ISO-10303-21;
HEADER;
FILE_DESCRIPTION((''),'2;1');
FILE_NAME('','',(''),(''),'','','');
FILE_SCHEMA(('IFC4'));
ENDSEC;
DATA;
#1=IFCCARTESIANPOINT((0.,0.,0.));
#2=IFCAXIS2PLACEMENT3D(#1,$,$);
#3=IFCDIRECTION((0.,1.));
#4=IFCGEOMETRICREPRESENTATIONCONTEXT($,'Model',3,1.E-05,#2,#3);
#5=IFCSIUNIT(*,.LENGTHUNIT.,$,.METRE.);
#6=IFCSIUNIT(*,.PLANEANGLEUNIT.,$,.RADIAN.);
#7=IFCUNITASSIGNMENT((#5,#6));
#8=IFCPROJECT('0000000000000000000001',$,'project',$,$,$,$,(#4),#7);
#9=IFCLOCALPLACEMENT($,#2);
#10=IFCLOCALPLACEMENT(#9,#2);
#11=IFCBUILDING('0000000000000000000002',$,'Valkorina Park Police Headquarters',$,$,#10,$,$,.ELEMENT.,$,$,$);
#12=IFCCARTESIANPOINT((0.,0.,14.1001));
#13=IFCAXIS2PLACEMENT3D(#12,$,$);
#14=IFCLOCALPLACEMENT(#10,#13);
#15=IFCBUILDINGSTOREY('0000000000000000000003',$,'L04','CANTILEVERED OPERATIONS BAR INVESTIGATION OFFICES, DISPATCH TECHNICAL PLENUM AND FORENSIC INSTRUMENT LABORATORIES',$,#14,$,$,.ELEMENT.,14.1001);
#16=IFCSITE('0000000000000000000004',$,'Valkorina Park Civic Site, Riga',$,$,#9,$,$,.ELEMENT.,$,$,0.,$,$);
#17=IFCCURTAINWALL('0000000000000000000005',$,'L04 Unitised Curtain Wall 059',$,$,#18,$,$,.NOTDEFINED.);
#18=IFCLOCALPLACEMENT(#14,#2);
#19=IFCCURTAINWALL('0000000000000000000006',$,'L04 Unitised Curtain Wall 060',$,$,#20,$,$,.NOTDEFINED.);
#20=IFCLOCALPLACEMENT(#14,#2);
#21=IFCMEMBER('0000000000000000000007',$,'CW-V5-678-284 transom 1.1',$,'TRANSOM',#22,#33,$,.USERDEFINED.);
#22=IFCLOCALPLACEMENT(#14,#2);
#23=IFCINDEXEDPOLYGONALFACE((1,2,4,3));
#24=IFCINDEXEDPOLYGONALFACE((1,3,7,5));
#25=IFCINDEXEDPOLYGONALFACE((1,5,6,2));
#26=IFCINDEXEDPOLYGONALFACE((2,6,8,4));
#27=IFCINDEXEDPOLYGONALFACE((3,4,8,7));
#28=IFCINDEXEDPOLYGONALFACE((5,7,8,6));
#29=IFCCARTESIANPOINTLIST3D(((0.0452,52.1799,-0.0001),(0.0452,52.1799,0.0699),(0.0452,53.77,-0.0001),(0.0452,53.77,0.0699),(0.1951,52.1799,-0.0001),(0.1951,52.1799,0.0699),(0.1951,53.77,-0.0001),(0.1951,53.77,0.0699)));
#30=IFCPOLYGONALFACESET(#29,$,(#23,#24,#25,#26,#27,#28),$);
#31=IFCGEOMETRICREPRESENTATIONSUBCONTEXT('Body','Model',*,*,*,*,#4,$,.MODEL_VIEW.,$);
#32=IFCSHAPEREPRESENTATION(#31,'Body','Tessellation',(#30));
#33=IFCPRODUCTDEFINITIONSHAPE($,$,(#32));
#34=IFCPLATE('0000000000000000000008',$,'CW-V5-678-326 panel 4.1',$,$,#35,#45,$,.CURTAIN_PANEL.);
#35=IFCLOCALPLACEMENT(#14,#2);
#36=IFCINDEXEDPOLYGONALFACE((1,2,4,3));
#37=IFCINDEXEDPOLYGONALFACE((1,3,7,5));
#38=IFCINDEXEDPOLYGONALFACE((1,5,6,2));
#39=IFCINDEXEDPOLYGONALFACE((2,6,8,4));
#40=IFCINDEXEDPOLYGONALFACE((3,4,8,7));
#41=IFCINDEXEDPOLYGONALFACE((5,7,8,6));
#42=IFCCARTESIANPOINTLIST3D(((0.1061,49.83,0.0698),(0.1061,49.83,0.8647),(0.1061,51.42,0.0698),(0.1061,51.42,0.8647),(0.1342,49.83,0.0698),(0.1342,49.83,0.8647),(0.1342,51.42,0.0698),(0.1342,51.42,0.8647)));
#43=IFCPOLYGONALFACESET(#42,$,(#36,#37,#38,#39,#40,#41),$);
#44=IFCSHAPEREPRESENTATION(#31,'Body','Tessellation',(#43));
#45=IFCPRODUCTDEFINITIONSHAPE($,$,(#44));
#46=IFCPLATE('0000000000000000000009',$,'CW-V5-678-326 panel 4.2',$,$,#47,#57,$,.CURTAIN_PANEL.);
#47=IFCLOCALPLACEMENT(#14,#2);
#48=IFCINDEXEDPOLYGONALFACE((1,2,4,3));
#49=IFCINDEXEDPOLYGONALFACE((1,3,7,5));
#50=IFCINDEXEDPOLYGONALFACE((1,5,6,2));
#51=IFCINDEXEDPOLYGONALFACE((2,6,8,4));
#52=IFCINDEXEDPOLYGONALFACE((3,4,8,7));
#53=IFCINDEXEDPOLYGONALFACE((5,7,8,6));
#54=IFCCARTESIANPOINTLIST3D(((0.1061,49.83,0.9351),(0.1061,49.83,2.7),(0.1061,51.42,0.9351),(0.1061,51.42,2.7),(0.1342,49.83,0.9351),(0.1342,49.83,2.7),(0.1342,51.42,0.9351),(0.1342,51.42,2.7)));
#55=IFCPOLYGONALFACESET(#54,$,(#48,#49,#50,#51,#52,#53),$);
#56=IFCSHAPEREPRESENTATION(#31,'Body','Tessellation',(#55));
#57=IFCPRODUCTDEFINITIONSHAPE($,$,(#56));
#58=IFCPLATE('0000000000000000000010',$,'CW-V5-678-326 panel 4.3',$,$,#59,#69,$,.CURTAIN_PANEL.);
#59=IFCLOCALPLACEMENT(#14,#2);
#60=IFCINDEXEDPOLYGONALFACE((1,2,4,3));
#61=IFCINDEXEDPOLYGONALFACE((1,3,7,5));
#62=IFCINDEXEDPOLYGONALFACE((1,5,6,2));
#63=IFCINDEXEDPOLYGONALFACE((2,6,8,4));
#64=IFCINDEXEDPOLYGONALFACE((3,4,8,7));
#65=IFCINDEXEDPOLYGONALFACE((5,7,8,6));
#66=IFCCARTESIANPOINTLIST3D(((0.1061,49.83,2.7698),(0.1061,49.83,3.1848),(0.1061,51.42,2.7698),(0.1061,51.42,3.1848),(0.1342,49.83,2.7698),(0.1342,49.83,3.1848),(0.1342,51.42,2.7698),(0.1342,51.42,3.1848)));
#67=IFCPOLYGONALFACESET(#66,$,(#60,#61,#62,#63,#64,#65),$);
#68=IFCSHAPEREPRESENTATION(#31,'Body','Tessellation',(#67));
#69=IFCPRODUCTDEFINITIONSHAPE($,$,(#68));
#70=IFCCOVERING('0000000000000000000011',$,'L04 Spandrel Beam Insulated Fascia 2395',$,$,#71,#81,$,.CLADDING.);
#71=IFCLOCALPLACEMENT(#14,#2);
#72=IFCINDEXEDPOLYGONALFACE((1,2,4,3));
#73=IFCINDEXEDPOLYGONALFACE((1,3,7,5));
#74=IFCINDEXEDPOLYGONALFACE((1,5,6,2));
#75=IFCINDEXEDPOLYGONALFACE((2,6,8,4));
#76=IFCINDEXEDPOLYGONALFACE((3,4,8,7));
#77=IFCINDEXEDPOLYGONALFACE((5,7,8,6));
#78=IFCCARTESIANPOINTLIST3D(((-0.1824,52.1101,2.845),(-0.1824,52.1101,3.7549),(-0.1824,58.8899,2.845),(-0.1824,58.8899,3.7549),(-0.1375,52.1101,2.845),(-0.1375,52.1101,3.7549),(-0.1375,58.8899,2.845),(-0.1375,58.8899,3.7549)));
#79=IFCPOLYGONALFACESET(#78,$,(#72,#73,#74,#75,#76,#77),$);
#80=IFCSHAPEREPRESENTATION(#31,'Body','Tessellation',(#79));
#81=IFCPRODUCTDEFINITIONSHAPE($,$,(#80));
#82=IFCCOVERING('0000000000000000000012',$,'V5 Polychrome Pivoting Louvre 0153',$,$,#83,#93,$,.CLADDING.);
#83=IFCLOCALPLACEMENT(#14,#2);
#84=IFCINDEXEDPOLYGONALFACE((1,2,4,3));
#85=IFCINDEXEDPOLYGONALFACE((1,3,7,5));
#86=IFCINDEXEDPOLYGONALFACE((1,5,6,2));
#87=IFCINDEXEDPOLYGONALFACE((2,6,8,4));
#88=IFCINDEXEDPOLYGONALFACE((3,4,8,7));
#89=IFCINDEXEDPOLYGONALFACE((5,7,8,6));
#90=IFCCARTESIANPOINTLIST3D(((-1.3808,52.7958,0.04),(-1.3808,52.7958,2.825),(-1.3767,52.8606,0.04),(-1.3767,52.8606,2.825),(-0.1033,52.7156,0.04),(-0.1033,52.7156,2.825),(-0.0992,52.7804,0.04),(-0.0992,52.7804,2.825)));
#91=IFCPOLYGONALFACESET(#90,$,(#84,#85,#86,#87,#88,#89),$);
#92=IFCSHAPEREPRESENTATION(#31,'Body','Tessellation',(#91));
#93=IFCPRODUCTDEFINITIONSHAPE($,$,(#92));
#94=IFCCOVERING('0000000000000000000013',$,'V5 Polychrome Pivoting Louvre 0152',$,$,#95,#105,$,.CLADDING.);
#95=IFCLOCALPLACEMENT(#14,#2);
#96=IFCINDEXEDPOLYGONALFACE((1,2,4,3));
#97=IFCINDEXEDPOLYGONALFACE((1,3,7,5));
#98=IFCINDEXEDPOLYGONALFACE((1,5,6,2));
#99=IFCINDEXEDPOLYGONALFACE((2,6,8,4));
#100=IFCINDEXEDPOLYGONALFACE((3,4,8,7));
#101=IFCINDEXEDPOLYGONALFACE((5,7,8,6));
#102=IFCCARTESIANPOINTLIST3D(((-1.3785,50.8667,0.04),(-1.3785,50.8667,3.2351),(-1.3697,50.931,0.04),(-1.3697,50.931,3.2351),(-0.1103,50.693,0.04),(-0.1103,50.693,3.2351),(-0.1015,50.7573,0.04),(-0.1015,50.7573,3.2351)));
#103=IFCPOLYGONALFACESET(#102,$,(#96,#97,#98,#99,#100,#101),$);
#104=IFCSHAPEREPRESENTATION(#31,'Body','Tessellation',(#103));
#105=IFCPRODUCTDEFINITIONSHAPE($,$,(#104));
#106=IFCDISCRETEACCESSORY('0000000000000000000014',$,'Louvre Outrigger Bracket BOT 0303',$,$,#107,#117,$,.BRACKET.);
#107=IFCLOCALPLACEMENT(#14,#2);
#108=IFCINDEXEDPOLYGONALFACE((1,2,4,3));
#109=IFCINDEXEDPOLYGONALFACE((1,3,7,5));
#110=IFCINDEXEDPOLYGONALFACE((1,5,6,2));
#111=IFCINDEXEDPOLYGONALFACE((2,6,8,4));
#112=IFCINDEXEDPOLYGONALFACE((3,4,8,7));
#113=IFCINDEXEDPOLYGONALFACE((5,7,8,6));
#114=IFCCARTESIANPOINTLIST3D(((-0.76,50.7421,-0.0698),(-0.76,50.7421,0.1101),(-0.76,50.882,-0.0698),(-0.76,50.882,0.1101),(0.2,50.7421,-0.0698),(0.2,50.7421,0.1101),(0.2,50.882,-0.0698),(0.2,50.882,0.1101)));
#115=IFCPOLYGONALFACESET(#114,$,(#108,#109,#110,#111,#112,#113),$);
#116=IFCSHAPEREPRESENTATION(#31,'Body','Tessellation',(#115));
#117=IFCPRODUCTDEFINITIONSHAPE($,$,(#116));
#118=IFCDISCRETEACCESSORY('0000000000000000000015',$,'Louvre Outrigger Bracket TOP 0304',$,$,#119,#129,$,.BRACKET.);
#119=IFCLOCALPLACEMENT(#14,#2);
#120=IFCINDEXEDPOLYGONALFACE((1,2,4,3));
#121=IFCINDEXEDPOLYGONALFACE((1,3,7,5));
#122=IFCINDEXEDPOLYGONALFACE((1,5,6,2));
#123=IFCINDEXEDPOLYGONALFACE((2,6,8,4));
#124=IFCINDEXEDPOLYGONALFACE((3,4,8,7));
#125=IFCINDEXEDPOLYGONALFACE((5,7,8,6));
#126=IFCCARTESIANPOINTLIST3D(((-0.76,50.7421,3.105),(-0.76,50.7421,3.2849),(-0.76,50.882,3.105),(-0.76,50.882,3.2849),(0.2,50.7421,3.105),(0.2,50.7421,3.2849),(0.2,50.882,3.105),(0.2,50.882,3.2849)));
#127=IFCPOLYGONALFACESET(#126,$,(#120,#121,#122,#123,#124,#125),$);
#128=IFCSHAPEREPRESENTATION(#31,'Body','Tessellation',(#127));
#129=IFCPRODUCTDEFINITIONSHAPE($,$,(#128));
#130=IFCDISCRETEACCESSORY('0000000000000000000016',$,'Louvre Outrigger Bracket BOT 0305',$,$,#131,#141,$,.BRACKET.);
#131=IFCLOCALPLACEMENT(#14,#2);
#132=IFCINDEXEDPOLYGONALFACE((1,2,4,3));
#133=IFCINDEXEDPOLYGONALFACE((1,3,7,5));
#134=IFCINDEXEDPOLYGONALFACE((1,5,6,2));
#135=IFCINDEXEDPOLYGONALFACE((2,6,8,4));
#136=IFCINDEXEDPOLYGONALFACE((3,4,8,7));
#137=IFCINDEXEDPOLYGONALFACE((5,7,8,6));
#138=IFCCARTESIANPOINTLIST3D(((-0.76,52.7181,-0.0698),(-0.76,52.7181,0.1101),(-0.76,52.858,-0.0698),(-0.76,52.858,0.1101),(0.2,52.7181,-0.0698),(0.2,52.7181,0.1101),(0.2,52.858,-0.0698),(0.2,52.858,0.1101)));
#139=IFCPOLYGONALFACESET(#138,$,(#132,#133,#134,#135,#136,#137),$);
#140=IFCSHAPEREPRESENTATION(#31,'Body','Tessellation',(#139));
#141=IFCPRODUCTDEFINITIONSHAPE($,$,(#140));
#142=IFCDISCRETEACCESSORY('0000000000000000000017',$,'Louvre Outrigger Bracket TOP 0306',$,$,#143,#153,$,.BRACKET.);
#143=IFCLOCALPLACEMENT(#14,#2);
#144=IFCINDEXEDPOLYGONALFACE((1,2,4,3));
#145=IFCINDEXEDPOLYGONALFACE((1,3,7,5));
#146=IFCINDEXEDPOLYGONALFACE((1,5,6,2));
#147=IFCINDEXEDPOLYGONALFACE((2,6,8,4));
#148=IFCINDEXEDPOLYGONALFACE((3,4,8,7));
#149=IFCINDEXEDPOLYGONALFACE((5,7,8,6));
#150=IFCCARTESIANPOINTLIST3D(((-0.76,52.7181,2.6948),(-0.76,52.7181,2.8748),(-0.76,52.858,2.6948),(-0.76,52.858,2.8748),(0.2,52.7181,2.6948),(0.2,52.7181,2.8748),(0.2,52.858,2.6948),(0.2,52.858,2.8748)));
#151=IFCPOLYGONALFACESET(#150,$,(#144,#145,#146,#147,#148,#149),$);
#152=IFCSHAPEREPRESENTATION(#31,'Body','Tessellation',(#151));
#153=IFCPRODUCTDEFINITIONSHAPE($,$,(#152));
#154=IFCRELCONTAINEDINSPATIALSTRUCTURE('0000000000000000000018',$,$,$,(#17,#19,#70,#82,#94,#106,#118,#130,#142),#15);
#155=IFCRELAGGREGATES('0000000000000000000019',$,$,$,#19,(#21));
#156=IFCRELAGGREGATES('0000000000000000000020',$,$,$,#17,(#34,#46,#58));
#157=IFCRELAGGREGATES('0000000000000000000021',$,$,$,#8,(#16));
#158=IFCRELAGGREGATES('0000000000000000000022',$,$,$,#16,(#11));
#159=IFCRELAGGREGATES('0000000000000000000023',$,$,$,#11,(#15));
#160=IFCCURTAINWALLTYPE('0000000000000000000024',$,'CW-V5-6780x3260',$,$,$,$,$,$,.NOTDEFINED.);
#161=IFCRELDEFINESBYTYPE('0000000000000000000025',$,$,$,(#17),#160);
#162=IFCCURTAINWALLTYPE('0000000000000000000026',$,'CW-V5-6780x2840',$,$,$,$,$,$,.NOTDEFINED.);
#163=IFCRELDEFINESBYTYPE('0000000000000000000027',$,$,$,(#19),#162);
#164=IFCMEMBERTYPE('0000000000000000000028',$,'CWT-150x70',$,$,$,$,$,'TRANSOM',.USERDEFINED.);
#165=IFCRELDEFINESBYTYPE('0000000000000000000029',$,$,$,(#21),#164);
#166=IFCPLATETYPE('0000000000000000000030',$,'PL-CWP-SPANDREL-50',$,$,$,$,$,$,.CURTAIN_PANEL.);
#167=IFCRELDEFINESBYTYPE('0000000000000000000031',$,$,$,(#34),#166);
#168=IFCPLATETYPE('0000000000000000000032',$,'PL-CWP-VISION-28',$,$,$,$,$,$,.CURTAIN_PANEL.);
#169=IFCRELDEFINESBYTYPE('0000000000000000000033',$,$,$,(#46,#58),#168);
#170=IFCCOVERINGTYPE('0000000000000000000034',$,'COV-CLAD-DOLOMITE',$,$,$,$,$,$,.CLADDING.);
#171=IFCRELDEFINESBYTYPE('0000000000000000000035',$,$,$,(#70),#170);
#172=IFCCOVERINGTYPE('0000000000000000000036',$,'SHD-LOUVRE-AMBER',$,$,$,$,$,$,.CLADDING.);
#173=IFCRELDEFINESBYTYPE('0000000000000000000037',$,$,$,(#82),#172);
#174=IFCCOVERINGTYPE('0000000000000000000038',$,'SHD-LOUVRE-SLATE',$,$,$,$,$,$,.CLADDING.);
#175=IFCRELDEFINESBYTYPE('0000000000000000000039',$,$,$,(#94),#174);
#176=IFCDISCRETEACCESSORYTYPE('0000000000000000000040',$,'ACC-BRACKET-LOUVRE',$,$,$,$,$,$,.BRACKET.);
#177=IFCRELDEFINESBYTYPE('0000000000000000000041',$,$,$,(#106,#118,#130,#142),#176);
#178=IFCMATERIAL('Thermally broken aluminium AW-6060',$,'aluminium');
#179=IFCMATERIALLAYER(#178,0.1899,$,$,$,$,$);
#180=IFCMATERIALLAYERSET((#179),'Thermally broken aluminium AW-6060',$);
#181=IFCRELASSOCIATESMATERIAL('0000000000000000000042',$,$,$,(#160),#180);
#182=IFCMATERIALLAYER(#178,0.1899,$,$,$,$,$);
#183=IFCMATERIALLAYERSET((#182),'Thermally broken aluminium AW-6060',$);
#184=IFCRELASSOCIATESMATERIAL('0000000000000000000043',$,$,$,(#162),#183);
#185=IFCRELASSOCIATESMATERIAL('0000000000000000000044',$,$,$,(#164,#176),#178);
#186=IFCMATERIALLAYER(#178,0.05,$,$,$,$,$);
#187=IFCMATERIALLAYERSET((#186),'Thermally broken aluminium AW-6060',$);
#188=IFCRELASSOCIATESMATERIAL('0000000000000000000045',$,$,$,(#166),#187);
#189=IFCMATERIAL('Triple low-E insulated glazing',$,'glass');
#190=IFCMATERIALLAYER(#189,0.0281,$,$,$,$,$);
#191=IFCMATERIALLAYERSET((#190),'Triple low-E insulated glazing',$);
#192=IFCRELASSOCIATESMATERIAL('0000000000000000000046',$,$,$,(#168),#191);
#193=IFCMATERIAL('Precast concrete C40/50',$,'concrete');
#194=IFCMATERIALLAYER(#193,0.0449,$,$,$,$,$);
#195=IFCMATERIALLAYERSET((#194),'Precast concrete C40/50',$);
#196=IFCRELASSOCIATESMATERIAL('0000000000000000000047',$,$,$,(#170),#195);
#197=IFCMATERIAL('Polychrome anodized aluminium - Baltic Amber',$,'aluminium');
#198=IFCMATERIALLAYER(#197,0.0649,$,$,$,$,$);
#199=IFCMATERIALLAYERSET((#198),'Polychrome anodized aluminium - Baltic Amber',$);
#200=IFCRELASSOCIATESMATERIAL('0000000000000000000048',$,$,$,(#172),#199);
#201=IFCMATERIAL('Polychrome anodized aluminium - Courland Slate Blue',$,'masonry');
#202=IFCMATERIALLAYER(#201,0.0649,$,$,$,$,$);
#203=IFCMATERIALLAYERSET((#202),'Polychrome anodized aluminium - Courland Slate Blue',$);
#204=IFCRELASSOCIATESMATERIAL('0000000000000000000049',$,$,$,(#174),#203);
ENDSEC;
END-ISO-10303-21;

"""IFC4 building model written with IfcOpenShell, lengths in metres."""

from ifc_helpers import new_model, si_unit, direction, frame, frame_2d, origin, origin_2d, place, context, subcontext, project, spatial, rectangle, extrude, material, layer, layer_set, material_profile, profile_set, type_object, element, aggregate, save


model = new_model("IFC4")

# Units and contexts
model_context = context("Model", 3, precision=1e-05, world=origin(), true_north=direction((0.0, 1.0)))
body_context = subcontext(model_context, "Body", "Model", "MODEL_VIEW")
ifc_project = project(units=[si_unit("LENGTHUNIT", "METRE"), si_unit("PLANEANGLEUNIT", "RADIAN")], contexts=[model_context])

# Site, building, storey
site_placement = place(None, origin())
site = spatial("IfcSite", under=ifc_project, at=site_placement, Name="Valkorina Park Civic Site, Riga", CompositionType="ELEMENT", RefElevation=0.0)
building_placement = place(site_placement, origin())
building = spatial("IfcBuilding", under=site, at=building_placement, Name="Valkorina Park Police Headquarters", CompositionType="ELEMENT")
storey_placement = place(building_placement, frame((0.0, 0.0, 14.1001)))
storey = spatial("IfcBuildingStorey", under=building, at=storey_placement, Name="L04", Description="CANTILEVERED OPERATIONS BAR INVESTIGATION OFFICES, DISPATCH TECHNICAL PLENUM AND FORENSIC INSTRUMENT LABORATORIES", CompositionType="ELEMENT", Elevation=14.1001)

# Curtain wall
ifc_material_1 = material(Name="Thermally broken aluminium AW-6060", Category="aluminium")
ifc_layer_1 = layer(ifc_material_1, 0.1899)
ifc_layer_set_1 = layer_set([ifc_layer_1], Name="Thermally broken aluminium AW-6060")
curtain_wall_type_1 = type_object("IfcCurtainWallType", Name="CW-V5-6780x3260", PredefinedType="NOTDEFINED", material=ifc_layer_set_1)
curtain_wall_1_placement = place(storey_placement, origin())
curtain_wall_1 = element("IfcCurtainWall", 1, at=curtain_wall_1_placement, inside=storey, type_object=curtain_wall_type_1, Name="L04 Unitised Curtain Wall 059", PredefinedType="NOTDEFINED")

# Curtain wall
ifc_layer_2 = layer(ifc_material_1, 0.1899)
ifc_layer_set_2 = layer_set([ifc_layer_2], Name="Thermally broken aluminium AW-6060")
curtain_wall_type_2 = type_object("IfcCurtainWallType", Name="CW-V5-6780x2840", PredefinedType="NOTDEFINED", material=ifc_layer_set_2)
curtain_wall_2_placement = place(storey_placement, origin())
curtain_wall_2 = element("IfcCurtainWall", 2, at=curtain_wall_2_placement, inside=storey, type_object=curtain_wall_type_2, Name="L04 Unitised Curtain Wall 060", PredefinedType="NOTDEFINED")

# Member
ifc_material_profile_1 = material_profile(ifc_material_1, rectangle(XDim=0.1499, YDim=0.0701, at=origin_2d()), Name="CWT-02 150x70")
ifc_profile_set_1 = profile_set([ifc_material_profile_1], Name="Thermally broken aluminium AW-6060")
member_type_1 = type_object("IfcMemberType", Name="CWT-150x70", ElementType="TRANSOM", PredefinedType="USERDEFINED", material=ifc_profile_set_1)
member_1_placement = place(storey_placement, frame((0.1201, 52.1799, 0.0349), z_axis=(0.0, 1.0, 0.0), x_axis=(-1.0, 0.0, 0.0)))
member_1 = element("IfcMember", 3, at=member_1_placement, type_object=member_type_1, Name="CW-V5-678-284 transom 1.1", ObjectType="TRANSOM", PredefinedType="USERDEFINED", context=body_context, shape_type="SweptSolid", body=[
    extrude(rectangle(XDim=0.1499, YDim=0.0701, at=origin_2d()), origin(), (0.0, 0.0, 1.0), 1.5901),
])
aggregate(curtain_wall_2, [member_1])

# Plates
ifc_layer_3 = layer(ifc_material_1, 0.05)
ifc_layer_set_3 = layer_set([ifc_layer_3], Name="Thermally broken aluminium AW-6060")
plate_type_1 = type_object("IfcPlateType", Name="PL-CWP-SPANDREL-50", PredefinedType="CURTAIN_PANEL", material=ifc_layer_set_3)
plate_1_placement = place(storey_placement, frame((0.1201, 50.625, 0.0698), z_axis=(0.0, 0.0, 1.0), x_axis=(0.0, 1.0, 0.0)))
plate_1 = element("IfcPlate", 4, at=plate_1_placement, type_object=plate_type_1, Name="CW-V5-678-326 panel 4.1", PredefinedType="CURTAIN_PANEL", context=body_context, shape_type="SweptSolid", body=[
    extrude(rectangle(XDim=1.5901, YDim=0.0281, at=origin_2d()), origin(), (0.0, 0.0, 1.0), 0.7949),
])
ifc_material_2 = material(Name="Triple low-E insulated glazing", Category="glass")
ifc_layer_4 = layer(ifc_material_2, 0.0281)
ifc_layer_set_4 = layer_set([ifc_layer_4], Name="Triple low-E insulated glazing")
plate_type_2 = type_object("IfcPlateType", Name="PL-CWP-VISION-28", PredefinedType="CURTAIN_PANEL", material=ifc_layer_set_4)
plate_2_placement = place(storey_placement, frame((0.1201, 50.625, 0.9351), z_axis=(0.0, 0.0, 1.0), x_axis=(0.0, 1.0, 0.0)))
plate_2 = element("IfcPlate", 5, at=plate_2_placement, type_object=plate_type_2, Name="CW-V5-678-326 panel 4.2", PredefinedType="CURTAIN_PANEL", context=body_context, shape_type="SweptSolid", body=[
    extrude(rectangle(XDim=1.5901, YDim=0.0281, at=origin_2d()), origin(), (0.0, 0.0, 1.0), 1.7649),
])
plate_3_placement = place(storey_placement, frame((0.1201, 50.625, 2.7698), z_axis=(0.0, 0.0, 1.0), x_axis=(0.0, 1.0, 0.0)))
plate_3 = element("IfcPlate", 6, at=plate_3_placement, type_object=plate_type_2, Name="CW-V5-678-326 panel 4.3", PredefinedType="CURTAIN_PANEL", context=body_context, shape_type="SweptSolid", body=[
    extrude(rectangle(XDim=1.5901, YDim=0.0281, at=origin_2d()), origin(), (0.0, 0.0, 1.0), 0.415),
])
aggregate(curtain_wall_1, [plate_1, plate_2, plate_3])

# Coverings
ifc_material_3 = material(Name="Precast concrete C40/50", Category="concrete")
ifc_layer_5 = layer(ifc_material_3, 0.0449)
ifc_layer_set_5 = layer_set([ifc_layer_5], Name="Precast concrete C40/50")
covering_type_1 = type_object("IfcCoveringType", Name="COV-CLAD-DOLOMITE", PredefinedType="CLADDING", material=ifc_layer_set_5)
covering_1_placement = place(storey_placement, frame((-0.1599, 52.1101, 2.845), z_axis=(0.0, 0.0, 1.0), x_axis=(0.0, 1.0, 0.0)))
element("IfcCovering", 7, at=covering_1_placement, inside=storey, type_object=covering_type_1, Name="L04 Spandrel Beam Insulated Fascia 2395", PredefinedType="CLADDING", context=body_context, shape_type="SweptSolid", body=[
    extrude(rectangle(XDim=6.7798, YDim=0.0449, at=frame_2d((3.3899, 0.0))), origin(), (0.0, 0.0, 1.0), 0.9099),
])
ifc_material_4 = material(Name="Polychrome anodized aluminium - Baltic Amber", Category="aluminium")
ifc_layer_6 = layer(ifc_material_4, 0.0649)
ifc_layer_set_6 = layer_set([ifc_layer_6], Name="Polychrome anodized aluminium - Baltic Amber")
covering_type_2 = type_object("IfcCoveringType", Name="SHD-LOUVRE-AMBER", PredefinedType="CLADDING", material=ifc_layer_set_6)
covering_2_placement = place(storey_placement, frame((-0.74, 52.7881, 0.04), z_axis=(0.0, 0.0, 1.0), x_axis=(-0.998038, 0.062616, 0.0)))
element("IfcCovering", 8, at=covering_2_placement, inside=storey, type_object=covering_type_2, Name="V5 Polychrome Pivoting Louvre 0153", PredefinedType="CLADDING", context=body_context, shape_type="SweptSolid", body=[
    extrude(rectangle(XDim=1.28, YDim=0.0649, at=origin_2d()), origin(), (0.0, 0.0, 1.0), 2.7849),
])
ifc_material_5 = material(Name="Polychrome anodized aluminium - Courland Slate Blue", Category="masonry")
ifc_layer_7 = layer(ifc_material_5, 0.0649)
ifc_layer_set_7 = layer_set([ifc_layer_7], Name="Polychrome anodized aluminium - Courland Slate Blue")
covering_type_3 = type_object("IfcCoveringType", Name="SHD-LOUVRE-SLATE", PredefinedType="CLADDING", material=ifc_layer_set_7)
covering_3_placement = place(storey_placement, frame((-0.74, 50.812, 0.04), z_axis=(0.0, 0.0, 1.0), x_axis=(-0.990748, 0.135716, 0.0)))
element("IfcCovering", 9, at=covering_3_placement, inside=storey, type_object=covering_type_3, Name="V5 Polychrome Pivoting Louvre 0152", PredefinedType="CLADDING", context=body_context, shape_type="SweptSolid", body=[
    extrude(rectangle(XDim=1.28, YDim=0.0649, at=origin_2d()), origin(), (0.0, 0.0, 1.0), 3.1951),
])

# Discrete accessories
discrete_accessory_type = type_object("IfcDiscreteAccessoryType", Name="ACC-BRACKET-LOUVRE", PredefinedType="BRACKET", material=ifc_material_1)
for number, where, z_axis, x_axis, name in (
    (10, (-0.28, 50.812, -0.0698), (0.0, 0.0, 1.0), (-1.0, 0.0, 0.0), "Louvre Outrigger Bracket BOT 0303"),
    (11, (-0.28, 50.812, 3.105), (0.0, 0.0, 1.0), (-1.0, 0.0, 0.0), "Louvre Outrigger Bracket TOP 0304"),
    (12, (-0.28, 52.7881, -0.0698), (0.0, 0.0, 1.0), (-1.0, 0.0, 0.0), "Louvre Outrigger Bracket BOT 0305"),
    (13, (-0.28, 52.7881, 2.6948), (0.0, 0.0, 1.0), (-1.0, 0.0, 0.0), "Louvre Outrigger Bracket TOP 0306"),
):
    element("IfcDiscreteAccessory", number, at=place(storey_placement, frame(where, z_axis=z_axis, x_axis=x_axis)), inside=storey, type_object=discrete_accessory_type, Name=name, PredefinedType="BRACKET", context=body_context, shape_type="SweptSolid", body=[
        extrude(rectangle(XDim=0.96, YDim=0.1399, at=origin_2d()), origin(), (0.0, 0.0, 1.0), 0.1799),
    ])

save(model, "model.ifc")
